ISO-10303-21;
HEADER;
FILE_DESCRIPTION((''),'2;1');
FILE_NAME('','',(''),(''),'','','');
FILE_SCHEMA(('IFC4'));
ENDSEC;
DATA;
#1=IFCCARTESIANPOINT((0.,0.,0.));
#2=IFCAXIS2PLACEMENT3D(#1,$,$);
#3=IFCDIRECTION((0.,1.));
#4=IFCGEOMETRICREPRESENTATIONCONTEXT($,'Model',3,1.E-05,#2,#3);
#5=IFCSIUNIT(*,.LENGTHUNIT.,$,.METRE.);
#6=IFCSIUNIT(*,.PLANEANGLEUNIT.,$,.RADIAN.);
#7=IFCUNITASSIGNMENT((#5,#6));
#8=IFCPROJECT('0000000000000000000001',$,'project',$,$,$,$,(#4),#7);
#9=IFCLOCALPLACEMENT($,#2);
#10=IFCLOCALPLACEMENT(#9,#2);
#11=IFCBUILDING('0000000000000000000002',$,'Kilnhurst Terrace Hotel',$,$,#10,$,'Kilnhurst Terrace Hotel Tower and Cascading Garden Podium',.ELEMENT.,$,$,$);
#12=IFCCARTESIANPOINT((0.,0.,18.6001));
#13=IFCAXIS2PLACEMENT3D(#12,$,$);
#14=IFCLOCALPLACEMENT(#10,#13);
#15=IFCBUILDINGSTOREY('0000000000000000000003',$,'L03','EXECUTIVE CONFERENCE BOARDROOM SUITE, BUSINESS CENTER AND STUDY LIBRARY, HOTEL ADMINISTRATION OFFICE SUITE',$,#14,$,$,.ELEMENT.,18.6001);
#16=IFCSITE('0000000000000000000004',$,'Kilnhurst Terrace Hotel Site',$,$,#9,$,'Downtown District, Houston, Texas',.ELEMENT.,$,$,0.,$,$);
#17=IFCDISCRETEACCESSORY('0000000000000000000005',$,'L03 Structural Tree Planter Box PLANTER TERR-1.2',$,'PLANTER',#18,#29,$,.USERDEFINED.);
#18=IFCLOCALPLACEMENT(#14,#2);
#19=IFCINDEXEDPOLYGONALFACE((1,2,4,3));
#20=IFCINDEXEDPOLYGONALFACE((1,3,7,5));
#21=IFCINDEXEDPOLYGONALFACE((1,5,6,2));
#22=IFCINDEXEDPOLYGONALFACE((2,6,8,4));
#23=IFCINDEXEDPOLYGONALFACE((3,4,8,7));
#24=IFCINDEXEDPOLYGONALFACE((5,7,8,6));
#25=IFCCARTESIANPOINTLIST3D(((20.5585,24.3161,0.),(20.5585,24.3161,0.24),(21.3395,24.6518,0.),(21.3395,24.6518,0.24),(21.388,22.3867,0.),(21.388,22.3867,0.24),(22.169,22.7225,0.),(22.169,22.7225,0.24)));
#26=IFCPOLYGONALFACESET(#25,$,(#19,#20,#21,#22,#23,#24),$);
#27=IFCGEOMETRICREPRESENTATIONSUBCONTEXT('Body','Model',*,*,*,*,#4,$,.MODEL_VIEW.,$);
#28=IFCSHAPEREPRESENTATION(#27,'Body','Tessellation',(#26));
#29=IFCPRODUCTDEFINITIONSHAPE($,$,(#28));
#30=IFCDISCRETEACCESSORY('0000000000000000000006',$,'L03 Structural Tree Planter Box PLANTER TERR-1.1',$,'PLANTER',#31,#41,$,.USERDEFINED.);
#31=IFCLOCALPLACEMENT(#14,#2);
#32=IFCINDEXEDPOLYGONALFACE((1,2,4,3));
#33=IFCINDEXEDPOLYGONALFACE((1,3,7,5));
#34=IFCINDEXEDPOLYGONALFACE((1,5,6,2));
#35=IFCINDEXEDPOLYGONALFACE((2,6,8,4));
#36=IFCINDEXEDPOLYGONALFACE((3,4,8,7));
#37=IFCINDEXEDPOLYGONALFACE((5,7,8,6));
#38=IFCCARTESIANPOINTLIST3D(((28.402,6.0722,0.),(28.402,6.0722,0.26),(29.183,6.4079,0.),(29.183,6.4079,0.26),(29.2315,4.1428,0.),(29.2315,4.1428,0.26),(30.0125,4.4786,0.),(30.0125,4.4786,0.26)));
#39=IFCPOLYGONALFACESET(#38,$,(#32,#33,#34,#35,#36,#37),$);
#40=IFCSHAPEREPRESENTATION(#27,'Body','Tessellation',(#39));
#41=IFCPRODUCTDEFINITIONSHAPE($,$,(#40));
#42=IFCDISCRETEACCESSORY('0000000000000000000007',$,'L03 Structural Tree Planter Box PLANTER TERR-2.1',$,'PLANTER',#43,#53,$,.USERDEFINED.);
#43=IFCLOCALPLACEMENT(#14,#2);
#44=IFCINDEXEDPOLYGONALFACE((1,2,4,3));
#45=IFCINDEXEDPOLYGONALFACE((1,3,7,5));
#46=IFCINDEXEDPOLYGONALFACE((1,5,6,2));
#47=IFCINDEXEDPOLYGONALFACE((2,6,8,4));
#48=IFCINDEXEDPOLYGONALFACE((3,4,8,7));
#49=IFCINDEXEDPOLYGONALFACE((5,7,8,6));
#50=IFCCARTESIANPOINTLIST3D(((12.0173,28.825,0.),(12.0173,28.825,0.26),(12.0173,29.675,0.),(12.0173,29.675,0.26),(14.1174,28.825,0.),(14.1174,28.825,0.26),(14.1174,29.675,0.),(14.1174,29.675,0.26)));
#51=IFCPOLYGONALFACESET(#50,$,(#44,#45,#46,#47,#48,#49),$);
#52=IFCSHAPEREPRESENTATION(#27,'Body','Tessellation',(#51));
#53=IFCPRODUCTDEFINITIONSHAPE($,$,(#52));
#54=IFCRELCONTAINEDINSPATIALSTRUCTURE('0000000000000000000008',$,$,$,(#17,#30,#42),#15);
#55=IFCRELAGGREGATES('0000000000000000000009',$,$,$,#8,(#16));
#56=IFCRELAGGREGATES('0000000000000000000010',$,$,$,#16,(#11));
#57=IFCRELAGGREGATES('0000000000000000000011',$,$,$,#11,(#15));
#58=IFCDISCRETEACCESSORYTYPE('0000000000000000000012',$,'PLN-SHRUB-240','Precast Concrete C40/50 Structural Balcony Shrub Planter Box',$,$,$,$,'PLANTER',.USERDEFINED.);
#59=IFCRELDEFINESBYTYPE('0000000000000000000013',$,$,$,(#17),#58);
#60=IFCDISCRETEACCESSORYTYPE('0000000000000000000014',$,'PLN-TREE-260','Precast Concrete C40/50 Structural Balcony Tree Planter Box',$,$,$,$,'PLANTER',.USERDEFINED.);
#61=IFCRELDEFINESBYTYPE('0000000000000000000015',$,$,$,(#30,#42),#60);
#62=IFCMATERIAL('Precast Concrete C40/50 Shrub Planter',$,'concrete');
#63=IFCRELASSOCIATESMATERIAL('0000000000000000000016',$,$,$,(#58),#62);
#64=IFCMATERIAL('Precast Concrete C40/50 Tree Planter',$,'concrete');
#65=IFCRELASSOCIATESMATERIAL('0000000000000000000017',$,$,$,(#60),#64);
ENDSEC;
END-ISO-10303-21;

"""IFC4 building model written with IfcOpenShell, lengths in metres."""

from ifc_helpers import new_model, si_unit, direction, frame, origin, origin_2d, place, context, subcontext, project, spatial, rectangle, extrude, material, type_object, element, save


model = new_model("IFC4")

# Units and contexts
model_context = context("Model", 3, precision=1e-05, world=origin(), true_north=direction((0.0, 1.0)))
body_context = subcontext(model_context, "Body", "Model", "MODEL_VIEW")
ifc_project = project(units=[si_unit("LENGTHUNIT", "METRE"), si_unit("PLANEANGLEUNIT", "RADIAN")], contexts=[model_context])

# Site, building, storey
site_placement = place(None, origin())
site = spatial("IfcSite", under=ifc_project, at=site_placement, Name="Kilnhurst Terrace Hotel Site", LongName="Downtown District, Houston, Texas", CompositionType="ELEMENT", RefElevation=0.0)
building_placement = place(site_placement, origin())
building = spatial("IfcBuilding", under=site, at=building_placement, Name="Kilnhurst Terrace Hotel", LongName="Kilnhurst Terrace Hotel Tower and Cascading Garden Podium", CompositionType="ELEMENT")
storey_placement = place(building_placement, frame((0.0, 0.0, 18.6001)))
storey = spatial("IfcBuildingStorey", under=building, at=storey_placement, Name="L03", Description="EXECUTIVE CONFERENCE BOARDROOM SUITE, BUSINESS CENTER AND STUDY LIBRARY, HOTEL ADMINISTRATION OFFICE SUITE", CompositionType="ELEMENT", Elevation=18.6001)

# Discrete accessories
ifc_material_1 = material(Name="Precast Concrete C40/50 Shrub Planter", Category="concrete")
discrete_accessory_type_1 = type_object("IfcDiscreteAccessoryType", Name="PLN-SHRUB-240", Description="Precast Concrete C40/50 Structural Balcony Shrub Planter Box", ElementType="PLANTER", PredefinedType="USERDEFINED", material=ifc_material_1)
discrete_accessory_placement = place(storey_placement, frame((21.3638, 23.5193, 0.0), z_axis=(0.0, 0.0, 1.0), x_axis=(-0.394968, 0.918695, 0.0)))
element("IfcDiscreteAccessory", 1, at=discrete_accessory_placement, inside=storey, type_object=discrete_accessory_type_1, Name="L03 Structural Tree Planter Box PLANTER TERR-1.2", ObjectType="PLANTER", PredefinedType="USERDEFINED", context=body_context, shape_type="SweptSolid", body=[
    extrude(rectangle(XDim=2.1001, YDim=0.8501, at=origin_2d()), origin(), (0.0, 0.0, 1.0), 0.24),
])
ifc_material_2 = material(Name="Precast Concrete C40/50 Tree Planter", Category="concrete")
discrete_accessory_type_2 = type_object("IfcDiscreteAccessoryType", Name="PLN-TREE-260", Description="Precast Concrete C40/50 Structural Balcony Tree Planter Box", ElementType="PLANTER", PredefinedType="USERDEFINED", material=ifc_material_2)
for number, where, z_axis, x_axis, name in (
    (2, (29.2073, 5.2754, 0.0), (0.0, 0.0, 1.0), (-0.394968, 0.918695, 0.0), "L03 Structural Tree Planter Box PLANTER TERR-1.1"),
    (3, (13.0674, 29.25, 0.0), (0.0, 0.0, 1.0), (-1.0, 0.0, 0.0), "L03 Structural Tree Planter Box PLANTER TERR-2.1"),
):
    element("IfcDiscreteAccessory", number, at=place(storey_placement, frame(where, z_axis=z_axis, x_axis=x_axis)), inside=storey, type_object=discrete_accessory_type_2, Name=name, ObjectType="PLANTER", PredefinedType="USERDEFINED", context=body_context, shape_type="SweptSolid", body=[
        extrude(rectangle(XDim=2.1001, YDim=0.8501, at=origin_2d()), origin(), (0.0, 0.0, 1.0), 0.26),
    ])

save(model, "model.ifc")
